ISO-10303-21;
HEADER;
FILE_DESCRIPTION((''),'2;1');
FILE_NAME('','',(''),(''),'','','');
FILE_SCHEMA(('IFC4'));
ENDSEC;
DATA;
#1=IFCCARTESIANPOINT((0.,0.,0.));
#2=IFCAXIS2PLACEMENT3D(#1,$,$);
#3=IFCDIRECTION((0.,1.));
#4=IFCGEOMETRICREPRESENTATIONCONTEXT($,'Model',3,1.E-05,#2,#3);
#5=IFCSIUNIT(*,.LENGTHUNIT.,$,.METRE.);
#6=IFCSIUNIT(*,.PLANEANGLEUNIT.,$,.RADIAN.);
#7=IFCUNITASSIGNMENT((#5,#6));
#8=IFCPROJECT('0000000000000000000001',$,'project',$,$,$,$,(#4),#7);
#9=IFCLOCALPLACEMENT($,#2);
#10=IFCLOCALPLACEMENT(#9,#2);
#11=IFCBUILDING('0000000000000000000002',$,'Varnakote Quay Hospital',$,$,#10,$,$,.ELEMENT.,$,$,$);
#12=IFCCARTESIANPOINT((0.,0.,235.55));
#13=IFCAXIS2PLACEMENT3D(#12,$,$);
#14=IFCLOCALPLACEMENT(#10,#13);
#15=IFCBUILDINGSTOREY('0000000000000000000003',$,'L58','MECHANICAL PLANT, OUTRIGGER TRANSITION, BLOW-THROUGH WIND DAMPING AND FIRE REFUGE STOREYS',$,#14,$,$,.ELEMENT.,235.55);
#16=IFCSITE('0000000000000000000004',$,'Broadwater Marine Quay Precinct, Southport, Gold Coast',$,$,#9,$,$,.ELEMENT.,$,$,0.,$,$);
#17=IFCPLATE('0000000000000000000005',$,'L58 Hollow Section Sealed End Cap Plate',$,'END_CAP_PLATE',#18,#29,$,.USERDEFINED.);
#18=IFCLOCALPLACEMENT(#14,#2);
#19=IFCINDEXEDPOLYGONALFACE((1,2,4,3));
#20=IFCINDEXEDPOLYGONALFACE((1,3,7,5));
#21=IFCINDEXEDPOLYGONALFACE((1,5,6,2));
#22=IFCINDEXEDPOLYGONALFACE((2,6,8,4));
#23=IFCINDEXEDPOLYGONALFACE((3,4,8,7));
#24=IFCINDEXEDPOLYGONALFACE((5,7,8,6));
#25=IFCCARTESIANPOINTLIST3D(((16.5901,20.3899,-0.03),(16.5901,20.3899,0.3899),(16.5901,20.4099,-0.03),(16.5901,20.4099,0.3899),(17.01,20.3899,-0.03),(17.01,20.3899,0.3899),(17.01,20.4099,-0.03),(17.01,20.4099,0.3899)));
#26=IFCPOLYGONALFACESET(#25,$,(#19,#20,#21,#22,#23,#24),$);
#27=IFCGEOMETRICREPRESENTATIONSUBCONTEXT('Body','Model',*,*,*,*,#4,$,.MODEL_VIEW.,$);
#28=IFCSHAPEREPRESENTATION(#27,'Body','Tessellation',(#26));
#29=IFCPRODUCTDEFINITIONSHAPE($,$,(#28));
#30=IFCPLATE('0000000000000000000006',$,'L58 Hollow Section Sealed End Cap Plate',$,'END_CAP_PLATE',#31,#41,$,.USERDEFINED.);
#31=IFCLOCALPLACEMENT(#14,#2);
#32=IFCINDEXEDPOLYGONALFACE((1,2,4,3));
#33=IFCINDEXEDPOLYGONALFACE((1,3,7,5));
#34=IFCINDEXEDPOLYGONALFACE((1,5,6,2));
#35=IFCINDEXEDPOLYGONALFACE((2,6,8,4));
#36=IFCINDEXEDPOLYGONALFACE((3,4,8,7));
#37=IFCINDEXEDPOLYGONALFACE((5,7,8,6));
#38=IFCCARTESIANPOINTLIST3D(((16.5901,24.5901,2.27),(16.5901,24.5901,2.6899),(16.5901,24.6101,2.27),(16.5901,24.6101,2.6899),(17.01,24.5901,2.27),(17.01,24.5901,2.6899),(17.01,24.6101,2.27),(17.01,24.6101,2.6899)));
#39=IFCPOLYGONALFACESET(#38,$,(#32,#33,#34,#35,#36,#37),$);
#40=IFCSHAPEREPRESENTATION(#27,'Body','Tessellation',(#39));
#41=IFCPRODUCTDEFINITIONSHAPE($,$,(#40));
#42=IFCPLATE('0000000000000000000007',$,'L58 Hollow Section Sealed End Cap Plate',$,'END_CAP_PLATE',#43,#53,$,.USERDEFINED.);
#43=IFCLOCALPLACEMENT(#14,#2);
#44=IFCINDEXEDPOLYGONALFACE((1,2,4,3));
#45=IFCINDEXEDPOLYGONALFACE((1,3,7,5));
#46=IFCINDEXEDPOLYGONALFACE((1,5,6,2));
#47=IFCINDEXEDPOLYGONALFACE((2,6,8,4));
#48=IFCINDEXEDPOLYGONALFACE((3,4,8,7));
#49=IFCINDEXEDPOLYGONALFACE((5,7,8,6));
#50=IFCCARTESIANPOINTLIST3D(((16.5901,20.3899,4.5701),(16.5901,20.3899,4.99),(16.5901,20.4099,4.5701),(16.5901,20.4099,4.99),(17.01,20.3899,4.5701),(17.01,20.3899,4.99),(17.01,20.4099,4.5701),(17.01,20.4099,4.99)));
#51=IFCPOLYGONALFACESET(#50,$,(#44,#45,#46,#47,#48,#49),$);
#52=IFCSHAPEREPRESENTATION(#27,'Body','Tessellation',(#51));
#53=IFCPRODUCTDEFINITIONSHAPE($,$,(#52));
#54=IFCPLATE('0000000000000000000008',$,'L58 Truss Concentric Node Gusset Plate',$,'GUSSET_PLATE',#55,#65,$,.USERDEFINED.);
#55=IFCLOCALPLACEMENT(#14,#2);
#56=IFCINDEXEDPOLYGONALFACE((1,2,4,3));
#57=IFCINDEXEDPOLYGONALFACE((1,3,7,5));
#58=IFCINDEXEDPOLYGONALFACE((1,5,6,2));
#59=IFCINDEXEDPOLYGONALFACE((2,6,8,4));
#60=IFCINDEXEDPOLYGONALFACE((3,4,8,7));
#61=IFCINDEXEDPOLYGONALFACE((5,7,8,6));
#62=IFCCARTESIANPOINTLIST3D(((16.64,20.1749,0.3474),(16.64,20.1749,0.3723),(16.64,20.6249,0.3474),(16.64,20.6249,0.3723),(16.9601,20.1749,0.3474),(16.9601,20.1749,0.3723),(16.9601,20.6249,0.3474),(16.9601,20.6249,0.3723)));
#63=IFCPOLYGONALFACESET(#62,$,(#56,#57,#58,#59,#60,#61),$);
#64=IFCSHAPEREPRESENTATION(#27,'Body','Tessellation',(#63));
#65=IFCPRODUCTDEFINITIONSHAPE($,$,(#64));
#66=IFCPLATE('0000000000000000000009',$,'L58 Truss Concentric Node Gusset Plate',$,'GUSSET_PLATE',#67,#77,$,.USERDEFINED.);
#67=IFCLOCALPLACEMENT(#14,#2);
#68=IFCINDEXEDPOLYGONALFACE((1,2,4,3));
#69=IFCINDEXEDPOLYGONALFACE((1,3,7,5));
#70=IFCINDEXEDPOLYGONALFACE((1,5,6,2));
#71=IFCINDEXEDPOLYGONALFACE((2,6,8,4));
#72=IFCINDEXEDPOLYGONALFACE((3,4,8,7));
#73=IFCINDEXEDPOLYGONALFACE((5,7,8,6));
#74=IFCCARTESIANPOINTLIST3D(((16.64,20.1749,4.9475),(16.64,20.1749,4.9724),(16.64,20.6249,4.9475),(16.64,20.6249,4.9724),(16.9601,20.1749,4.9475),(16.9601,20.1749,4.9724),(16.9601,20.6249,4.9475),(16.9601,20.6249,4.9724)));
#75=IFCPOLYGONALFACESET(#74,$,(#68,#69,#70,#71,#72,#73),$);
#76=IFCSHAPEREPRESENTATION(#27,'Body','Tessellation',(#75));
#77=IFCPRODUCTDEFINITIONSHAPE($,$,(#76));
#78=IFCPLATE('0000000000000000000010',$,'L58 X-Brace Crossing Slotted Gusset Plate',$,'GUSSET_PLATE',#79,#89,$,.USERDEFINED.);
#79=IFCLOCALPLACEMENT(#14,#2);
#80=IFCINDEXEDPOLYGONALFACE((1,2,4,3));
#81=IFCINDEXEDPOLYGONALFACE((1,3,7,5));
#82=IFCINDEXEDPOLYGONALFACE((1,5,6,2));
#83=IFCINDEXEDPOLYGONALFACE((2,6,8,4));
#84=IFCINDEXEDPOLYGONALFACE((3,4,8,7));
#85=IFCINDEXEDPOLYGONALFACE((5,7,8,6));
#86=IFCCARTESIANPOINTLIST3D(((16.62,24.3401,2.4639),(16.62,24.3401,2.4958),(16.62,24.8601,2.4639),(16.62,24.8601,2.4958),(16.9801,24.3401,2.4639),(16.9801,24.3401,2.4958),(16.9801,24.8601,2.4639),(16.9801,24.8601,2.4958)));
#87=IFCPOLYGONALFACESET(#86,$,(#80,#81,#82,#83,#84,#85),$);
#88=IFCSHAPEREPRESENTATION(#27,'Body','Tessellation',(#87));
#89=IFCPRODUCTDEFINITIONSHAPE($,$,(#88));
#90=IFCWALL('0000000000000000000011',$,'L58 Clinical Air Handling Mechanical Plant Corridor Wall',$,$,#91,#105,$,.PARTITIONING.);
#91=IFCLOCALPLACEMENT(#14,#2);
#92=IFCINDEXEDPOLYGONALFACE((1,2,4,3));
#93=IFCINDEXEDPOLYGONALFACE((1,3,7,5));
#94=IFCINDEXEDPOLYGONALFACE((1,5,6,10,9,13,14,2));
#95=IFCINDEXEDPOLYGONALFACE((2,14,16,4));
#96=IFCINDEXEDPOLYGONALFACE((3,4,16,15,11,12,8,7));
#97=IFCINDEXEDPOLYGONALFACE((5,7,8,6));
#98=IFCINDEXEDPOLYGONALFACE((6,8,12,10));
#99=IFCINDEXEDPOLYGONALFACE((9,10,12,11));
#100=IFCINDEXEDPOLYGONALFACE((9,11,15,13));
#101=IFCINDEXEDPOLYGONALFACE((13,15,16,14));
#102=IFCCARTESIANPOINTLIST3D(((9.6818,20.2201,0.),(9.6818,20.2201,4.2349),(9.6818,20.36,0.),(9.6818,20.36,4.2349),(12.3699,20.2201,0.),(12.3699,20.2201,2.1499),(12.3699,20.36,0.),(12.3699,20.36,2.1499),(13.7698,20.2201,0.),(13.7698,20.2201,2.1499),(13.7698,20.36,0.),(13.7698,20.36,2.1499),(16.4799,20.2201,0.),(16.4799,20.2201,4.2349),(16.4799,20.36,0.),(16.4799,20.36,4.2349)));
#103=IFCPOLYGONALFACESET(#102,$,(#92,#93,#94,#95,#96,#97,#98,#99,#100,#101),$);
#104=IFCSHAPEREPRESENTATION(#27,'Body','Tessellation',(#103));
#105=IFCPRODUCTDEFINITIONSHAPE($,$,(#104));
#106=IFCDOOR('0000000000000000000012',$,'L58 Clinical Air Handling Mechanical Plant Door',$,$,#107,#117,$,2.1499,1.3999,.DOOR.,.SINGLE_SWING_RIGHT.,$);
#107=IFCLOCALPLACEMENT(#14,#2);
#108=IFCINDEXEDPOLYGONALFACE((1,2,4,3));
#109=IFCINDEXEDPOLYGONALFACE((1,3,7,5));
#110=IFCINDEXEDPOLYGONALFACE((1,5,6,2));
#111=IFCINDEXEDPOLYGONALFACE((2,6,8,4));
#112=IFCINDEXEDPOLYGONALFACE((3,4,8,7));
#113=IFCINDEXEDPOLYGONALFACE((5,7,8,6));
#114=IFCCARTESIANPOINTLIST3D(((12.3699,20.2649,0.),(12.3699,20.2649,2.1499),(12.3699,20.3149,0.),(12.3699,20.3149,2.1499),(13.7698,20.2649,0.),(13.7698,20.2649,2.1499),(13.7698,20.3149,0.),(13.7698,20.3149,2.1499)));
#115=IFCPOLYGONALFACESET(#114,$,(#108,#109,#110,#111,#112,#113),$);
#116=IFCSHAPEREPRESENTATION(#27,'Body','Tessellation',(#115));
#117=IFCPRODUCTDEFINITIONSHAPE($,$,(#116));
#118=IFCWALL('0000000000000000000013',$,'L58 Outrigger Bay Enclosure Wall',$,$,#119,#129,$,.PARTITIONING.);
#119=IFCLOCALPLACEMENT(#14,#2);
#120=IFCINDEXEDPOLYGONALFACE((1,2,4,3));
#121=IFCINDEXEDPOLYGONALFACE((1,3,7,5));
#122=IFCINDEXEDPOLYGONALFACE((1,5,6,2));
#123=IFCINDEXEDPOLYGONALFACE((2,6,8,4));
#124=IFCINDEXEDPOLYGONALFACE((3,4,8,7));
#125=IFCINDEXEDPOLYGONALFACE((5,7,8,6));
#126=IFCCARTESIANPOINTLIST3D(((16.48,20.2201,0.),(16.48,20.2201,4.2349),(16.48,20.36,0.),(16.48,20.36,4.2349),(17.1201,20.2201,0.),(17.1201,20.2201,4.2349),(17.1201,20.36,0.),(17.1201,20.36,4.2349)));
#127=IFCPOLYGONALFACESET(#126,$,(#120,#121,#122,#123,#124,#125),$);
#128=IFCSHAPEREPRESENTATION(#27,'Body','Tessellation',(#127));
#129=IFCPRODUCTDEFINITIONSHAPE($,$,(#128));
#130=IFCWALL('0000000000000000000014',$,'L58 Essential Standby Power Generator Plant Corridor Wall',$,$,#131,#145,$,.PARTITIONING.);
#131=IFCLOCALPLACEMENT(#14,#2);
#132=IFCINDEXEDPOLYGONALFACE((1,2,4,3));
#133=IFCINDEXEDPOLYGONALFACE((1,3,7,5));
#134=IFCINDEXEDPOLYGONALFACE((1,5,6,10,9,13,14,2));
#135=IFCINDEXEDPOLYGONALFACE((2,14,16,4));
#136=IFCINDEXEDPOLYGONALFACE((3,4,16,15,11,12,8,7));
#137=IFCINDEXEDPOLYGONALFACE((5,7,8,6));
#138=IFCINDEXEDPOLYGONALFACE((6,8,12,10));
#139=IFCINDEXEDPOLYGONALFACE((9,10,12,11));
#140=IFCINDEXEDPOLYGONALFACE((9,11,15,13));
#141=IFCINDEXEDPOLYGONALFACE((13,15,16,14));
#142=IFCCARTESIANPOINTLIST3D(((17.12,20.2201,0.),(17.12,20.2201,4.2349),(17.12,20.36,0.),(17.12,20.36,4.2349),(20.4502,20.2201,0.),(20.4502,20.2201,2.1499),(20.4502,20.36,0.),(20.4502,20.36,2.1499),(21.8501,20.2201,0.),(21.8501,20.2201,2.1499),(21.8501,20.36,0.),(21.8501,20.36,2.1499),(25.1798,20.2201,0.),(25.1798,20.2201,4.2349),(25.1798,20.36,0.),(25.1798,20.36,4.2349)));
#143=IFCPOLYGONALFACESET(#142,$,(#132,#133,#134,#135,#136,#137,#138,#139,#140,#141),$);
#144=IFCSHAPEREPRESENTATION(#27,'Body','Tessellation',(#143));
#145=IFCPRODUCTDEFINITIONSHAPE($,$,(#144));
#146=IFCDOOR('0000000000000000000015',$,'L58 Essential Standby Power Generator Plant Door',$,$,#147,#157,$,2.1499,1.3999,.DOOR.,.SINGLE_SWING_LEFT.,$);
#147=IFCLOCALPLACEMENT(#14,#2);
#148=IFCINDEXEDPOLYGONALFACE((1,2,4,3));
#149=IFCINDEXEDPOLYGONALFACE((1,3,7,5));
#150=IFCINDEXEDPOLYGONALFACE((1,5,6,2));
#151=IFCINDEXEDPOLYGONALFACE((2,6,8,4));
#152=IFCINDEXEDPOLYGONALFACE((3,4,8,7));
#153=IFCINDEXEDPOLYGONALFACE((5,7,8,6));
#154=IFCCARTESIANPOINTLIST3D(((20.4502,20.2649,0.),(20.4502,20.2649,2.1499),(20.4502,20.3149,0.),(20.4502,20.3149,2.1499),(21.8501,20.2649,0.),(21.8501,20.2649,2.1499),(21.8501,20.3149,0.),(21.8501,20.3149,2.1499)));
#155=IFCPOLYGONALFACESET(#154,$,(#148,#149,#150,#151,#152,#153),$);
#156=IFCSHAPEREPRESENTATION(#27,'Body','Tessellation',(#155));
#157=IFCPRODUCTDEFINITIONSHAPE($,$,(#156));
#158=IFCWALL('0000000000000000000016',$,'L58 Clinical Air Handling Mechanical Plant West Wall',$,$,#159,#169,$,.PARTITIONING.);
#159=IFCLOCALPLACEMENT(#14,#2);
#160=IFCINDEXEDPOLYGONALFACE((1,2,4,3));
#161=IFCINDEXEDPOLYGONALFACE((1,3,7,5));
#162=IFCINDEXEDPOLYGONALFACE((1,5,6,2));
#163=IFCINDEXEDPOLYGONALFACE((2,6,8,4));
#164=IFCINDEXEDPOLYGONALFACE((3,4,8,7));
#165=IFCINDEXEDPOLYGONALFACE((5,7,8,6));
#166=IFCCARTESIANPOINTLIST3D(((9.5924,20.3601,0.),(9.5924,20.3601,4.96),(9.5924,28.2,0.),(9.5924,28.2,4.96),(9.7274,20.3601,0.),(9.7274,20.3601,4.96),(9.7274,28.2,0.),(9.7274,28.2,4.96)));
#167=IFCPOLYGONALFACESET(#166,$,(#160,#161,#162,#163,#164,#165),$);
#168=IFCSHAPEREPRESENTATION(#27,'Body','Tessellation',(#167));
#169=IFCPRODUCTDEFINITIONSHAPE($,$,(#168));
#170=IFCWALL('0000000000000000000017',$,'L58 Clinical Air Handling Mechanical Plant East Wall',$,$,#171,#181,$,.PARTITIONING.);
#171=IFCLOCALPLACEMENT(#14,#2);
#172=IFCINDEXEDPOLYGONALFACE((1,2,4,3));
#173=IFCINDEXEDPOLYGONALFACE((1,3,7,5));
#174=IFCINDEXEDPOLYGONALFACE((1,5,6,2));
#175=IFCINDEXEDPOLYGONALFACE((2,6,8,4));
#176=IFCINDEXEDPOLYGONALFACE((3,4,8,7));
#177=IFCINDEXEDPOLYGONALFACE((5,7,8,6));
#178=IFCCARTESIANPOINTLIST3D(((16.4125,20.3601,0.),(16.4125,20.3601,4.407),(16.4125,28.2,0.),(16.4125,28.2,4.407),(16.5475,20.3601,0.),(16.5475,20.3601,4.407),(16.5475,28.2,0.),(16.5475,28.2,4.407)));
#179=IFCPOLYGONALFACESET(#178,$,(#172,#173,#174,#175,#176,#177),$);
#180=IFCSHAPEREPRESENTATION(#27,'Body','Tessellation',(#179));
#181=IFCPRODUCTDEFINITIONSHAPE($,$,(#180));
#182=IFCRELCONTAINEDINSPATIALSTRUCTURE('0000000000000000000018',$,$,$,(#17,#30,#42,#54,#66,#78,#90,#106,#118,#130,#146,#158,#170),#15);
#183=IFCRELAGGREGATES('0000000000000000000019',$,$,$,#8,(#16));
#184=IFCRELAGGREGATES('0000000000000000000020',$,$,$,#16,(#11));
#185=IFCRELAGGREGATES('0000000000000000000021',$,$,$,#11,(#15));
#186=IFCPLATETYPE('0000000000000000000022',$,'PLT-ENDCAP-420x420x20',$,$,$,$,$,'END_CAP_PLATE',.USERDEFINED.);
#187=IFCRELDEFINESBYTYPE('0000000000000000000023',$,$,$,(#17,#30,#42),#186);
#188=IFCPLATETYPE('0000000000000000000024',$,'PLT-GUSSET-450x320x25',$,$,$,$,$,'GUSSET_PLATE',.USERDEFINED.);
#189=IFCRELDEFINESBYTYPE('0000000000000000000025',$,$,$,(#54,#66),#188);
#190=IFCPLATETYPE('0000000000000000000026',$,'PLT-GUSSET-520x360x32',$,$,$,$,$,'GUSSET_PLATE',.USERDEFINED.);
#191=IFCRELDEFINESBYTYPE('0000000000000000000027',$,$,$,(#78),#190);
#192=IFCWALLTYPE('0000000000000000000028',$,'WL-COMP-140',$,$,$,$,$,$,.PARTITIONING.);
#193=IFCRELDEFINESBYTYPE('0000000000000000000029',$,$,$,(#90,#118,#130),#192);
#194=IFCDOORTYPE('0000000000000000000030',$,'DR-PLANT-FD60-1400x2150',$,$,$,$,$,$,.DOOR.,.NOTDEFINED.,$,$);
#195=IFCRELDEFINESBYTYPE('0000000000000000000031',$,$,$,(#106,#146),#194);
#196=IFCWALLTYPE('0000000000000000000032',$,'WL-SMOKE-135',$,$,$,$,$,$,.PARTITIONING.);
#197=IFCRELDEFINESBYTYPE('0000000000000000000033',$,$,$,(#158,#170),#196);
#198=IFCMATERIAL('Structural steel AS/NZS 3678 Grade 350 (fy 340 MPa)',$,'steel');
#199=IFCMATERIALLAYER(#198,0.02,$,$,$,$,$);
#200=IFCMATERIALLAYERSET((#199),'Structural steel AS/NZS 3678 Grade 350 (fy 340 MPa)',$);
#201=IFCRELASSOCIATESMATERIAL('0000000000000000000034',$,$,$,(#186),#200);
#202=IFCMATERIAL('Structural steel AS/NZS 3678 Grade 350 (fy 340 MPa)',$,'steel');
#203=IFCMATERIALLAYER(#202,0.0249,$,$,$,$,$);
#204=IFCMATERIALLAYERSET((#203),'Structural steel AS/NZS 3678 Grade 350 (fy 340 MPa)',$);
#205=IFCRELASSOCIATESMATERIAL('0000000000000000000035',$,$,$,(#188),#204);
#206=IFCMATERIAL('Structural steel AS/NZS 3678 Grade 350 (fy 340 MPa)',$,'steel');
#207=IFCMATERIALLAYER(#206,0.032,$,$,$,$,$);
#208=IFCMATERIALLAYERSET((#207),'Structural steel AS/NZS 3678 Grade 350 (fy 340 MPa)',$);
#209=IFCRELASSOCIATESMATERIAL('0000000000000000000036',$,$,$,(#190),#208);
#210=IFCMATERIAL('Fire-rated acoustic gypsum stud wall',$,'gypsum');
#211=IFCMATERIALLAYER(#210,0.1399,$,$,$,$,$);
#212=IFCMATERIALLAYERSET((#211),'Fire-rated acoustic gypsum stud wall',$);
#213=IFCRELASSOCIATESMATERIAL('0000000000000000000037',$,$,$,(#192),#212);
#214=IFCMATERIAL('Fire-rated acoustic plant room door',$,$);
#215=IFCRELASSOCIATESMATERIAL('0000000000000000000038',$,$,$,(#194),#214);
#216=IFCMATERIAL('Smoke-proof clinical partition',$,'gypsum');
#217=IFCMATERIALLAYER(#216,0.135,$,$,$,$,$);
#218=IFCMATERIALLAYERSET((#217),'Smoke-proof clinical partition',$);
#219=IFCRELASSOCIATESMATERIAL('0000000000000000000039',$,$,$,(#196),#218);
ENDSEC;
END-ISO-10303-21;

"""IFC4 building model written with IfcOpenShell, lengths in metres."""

from ifc_helpers import new_model, si_unit, direction, frame, frame_2d, origin, origin_2d, place, context, subcontext, project, spatial, rectangle, extrude, material, layer, layer_set, type_object, element, fill, save


model = new_model("IFC4")

# Units and contexts
model_context = context("Model", 3, precision=1e-05, world=origin(), true_north=direction((0.0, 1.0)))
body_context = subcontext(model_context, "Body", "Model", "MODEL_VIEW")
ifc_project = project(units=[si_unit("LENGTHUNIT", "METRE"), si_unit("PLANEANGLEUNIT", "RADIAN")], contexts=[model_context])

# Site, building, storey
site_placement = place(None, origin())
site = spatial("IfcSite", under=ifc_project, at=site_placement, Name="Broadwater Marine Quay Precinct, Southport, Gold Coast", CompositionType="ELEMENT", RefElevation=0.0)
building_placement = place(site_placement, origin())
building = spatial("IfcBuilding", under=site, at=building_placement, Name="Varnakote Quay Hospital", CompositionType="ELEMENT")
storey_placement = place(building_placement, frame((0.0, 0.0, 235.55)))
storey = spatial("IfcBuildingStorey", under=building, at=storey_placement, Name="L58", Description="MECHANICAL PLANT, OUTRIGGER TRANSITION, BLOW-THROUGH WIND DAMPING AND FIRE REFUGE STOREYS", CompositionType="ELEMENT", Elevation=235.55)

# Plates
ifc_material_1 = material(Name="Structural steel AS/NZS 3678 Grade 350 (fy 340 MPa)", Category="steel")
ifc_layer_1 = layer(ifc_material_1, 0.02)
ifc_layer_set_1 = layer_set([ifc_layer_1], Name="Structural steel AS/NZS 3678 Grade 350 (fy 340 MPa)")
plate_type_1 = type_object("IfcPlateType", Name="PLT-ENDCAP-420x420x20", ElementType="END_CAP_PLATE", PredefinedType="USERDEFINED", material=ifc_layer_set_1)
for number, where, z_axis, x_axis, name in (
    (1, (16.8, 20.3999, -0.03), (0.0, 0.0, 1.0), (0.0, 1.0, 0.0), "L58 Hollow Section Sealed End Cap Plate"),
    (2, (16.8, 24.6001, 2.27), (0.0, 0.0, 1.0), (0.0, 1.0, 0.0), "L58 Hollow Section Sealed End Cap Plate"),
    (3, (16.8, 20.3999, 4.5701), (0.0, 0.0, 1.0), (0.0, 1.0, 0.0), "L58 Hollow Section Sealed End Cap Plate"),
):
    element("IfcPlate", number, at=place(storey_placement, frame(where, z_axis=z_axis, x_axis=x_axis)), inside=storey, type_object=plate_type_1, Name=name, ObjectType="END_CAP_PLATE", PredefinedType="USERDEFINED", context=body_context, shape_type="SweptSolid", body=[
        extrude(rectangle(XDim=0.02, YDim=0.4199, at=origin_2d()), origin(), (0.0, 0.0, 1.0), 0.4199),
    ])
ifc_material_2 = material(Name="Structural steel AS/NZS 3678 Grade 350 (fy 340 MPa)", Category="steel")
ifc_layer_2 = layer(ifc_material_2, 0.0249)
ifc_layer_set_2 = layer_set([ifc_layer_2], Name="Structural steel AS/NZS 3678 Grade 350 (fy 340 MPa)")
plate_type_2 = type_object("IfcPlateType", Name="PLT-GUSSET-450x320x25", ElementType="GUSSET_PLATE", PredefinedType="USERDEFINED", material=ifc_layer_set_2)
for number, where, z_axis, x_axis, name in (
    (4, (16.8, 20.3999, 0.3474), (0.0, 0.0, 1.0), (0.0, 1.0, 0.0), "L58 Truss Concentric Node Gusset Plate"),
    (5, (16.8, 20.3999, 4.9475), (0.0, 0.0, 1.0), (0.0, 1.0, 0.0), "L58 Truss Concentric Node Gusset Plate"),
):
    element("IfcPlate", number, at=place(storey_placement, frame(where, z_axis=z_axis, x_axis=x_axis)), inside=storey, type_object=plate_type_2, Name=name, ObjectType="GUSSET_PLATE", PredefinedType="USERDEFINED", context=body_context, shape_type="SweptSolid", body=[
        extrude(rectangle(XDim=0.45, YDim=0.3201, at=origin_2d()), origin(), (0.0, 0.0, 1.0), 0.0249),
    ])
ifc_material_3 = material(Name="Structural steel AS/NZS 3678 Grade 350 (fy 340 MPa)", Category="steel")
ifc_layer_3 = layer(ifc_material_3, 0.032)
ifc_layer_set_3 = layer_set([ifc_layer_3], Name="Structural steel AS/NZS 3678 Grade 350 (fy 340 MPa)")
plate_type_3 = type_object("IfcPlateType", Name="PLT-GUSSET-520x360x32", ElementType="GUSSET_PLATE", PredefinedType="USERDEFINED", material=ifc_layer_set_3)
plate_placement = place(storey_placement, frame((16.8, 24.6001, 2.4639), z_axis=(0.0, 0.0, 1.0), x_axis=(0.0, 1.0, 0.0)))
element("IfcPlate", 6, at=plate_placement, inside=storey, type_object=plate_type_3, Name="L58 X-Brace Crossing Slotted Gusset Plate", ObjectType="GUSSET_PLATE", PredefinedType="USERDEFINED", context=body_context, shape_type="SweptSolid", body=[
    extrude(rectangle(XDim=0.52, YDim=0.3601, at=origin_2d()), origin(), (0.0, 0.0, 1.0), 0.032),
])

# Wall, opening, door
ifc_material_4 = material(Name="Fire-rated acoustic gypsum stud wall", Category="gypsum")
ifc_layer_4 = layer(ifc_material_4, 0.1399)
ifc_layer_set_4 = layer_set([ifc_layer_4], Name="Fire-rated acoustic gypsum stud wall")
wall_type_1 = type_object("IfcWallType", Name="WL-COMP-140", PredefinedType="PARTITIONING", material=ifc_layer_set_4)
wall_1_placement = place(storey_placement, frame((9.6819, 20.29, 0.0), z_axis=(0.0, 0.0, 1.0), x_axis=(1.0, 0.0, 0.0)))
wall_1 = element("IfcWall", 7, at=wall_1_placement, inside=storey, type_object=wall_type_1, Name="L58 Clinical Air Handling Mechanical Plant Corridor Wall", PredefinedType="PARTITIONING", context=body_context, shape_type="SweptSolid", body=[
    extrude(rectangle(XDim=6.7981, YDim=0.1399, at=frame_2d((3.3989, 0.0))), origin(), (0.0, 0.0, 1.0), 4.2349),
])
opening_1_placement = place(wall_1_placement, frame((2.688, 0.0, 0.0)))
opening_1 = element("IfcOpeningElement", 8, at=opening_1_placement, cuts=wall_1, PredefinedType="OPENING", context=body_context, shape_type="SweptSolid", body=[
    extrude(rectangle(XDim=1.3999, YDim=2.1499, at=frame_2d((0.7, 1.075))), frame((0.0, 0.0798, 0.0), z_axis=(0.0, -1.0, 0.0), x_axis=(1.0, 0.0, 0.0)), (0.0, 0.0, 1.0), 0.1599),
])
ifc_material_5 = material(Name="Fire-rated acoustic plant room door")
door_type = type_object("IfcDoorType", Name="DR-PLANT-FD60-1400x2150", OperationType="NOTDEFINED", PredefinedType="DOOR", material=ifc_material_5)
door_1_placement = place(opening_1_placement, origin())
door_1 = element("IfcDoor", 9, at=door_1_placement, inside=storey, type_object=door_type, Name="L58 Clinical Air Handling Mechanical Plant Door", OperationType="SINGLE_SWING_RIGHT", OverallHeight=2.1499, OverallWidth=1.3999, PredefinedType="DOOR", context=body_context, shape_type="SweptSolid", body=[
    extrude(rectangle(XDim=1.3999, YDim=2.1499, at=frame_2d((0.7, 1.075))), frame((0.0, 0.0249, 0.0), z_axis=(0.0, -1.0, 0.0), x_axis=(1.0, 0.0, 0.0)), (0.0, 0.0, 1.0), 0.05),
])
fill(opening_1, door_1)

# Wall
wall_2_placement = place(storey_placement, frame((16.48, 20.29, 0.0), z_axis=(0.0, 0.0, 1.0), x_axis=(1.0, 0.0, 0.0)))
element("IfcWall", 10, at=wall_2_placement, inside=storey, type_object=wall_type_1, Name="L58 Outrigger Bay Enclosure Wall", PredefinedType="PARTITIONING", context=body_context, shape_type="SweptSolid", body=[
    extrude(rectangle(XDim=0.6401, YDim=0.1399, at=frame_2d((0.3201, 0.0))), origin(), (0.0, 0.0, 1.0), 4.2349),
])

# Wall, opening, door
wall_3_placement = place(storey_placement, frame((17.1201, 20.29, 0.0), z_axis=(0.0, 0.0, 1.0), x_axis=(1.0, 0.0, 0.0)))
wall_3 = element("IfcWall", 11, at=wall_3_placement, inside=storey, type_object=wall_type_1, Name="L58 Essential Standby Power Generator Plant Corridor Wall", PredefinedType="PARTITIONING", context=body_context, shape_type="SweptSolid", body=[
    extrude(rectangle(XDim=8.0598, YDim=0.1399, at=frame_2d((4.0298, 0.0))), origin(), (0.0, 0.0, 1.0), 4.2349),
])
opening_2_placement = place(wall_3_placement, frame((3.3301, 0.0, 0.0)))
opening_2 = element("IfcOpeningElement", 12, at=opening_2_placement, cuts=wall_3, PredefinedType="OPENING", context=body_context, shape_type="SweptSolid", body=[
    extrude(rectangle(XDim=1.3999, YDim=2.1499, at=frame_2d((0.7, 1.075))), frame((0.0, 0.0798, 0.0), z_axis=(0.0, -1.0, 0.0), x_axis=(1.0, 0.0, 0.0)), (0.0, 0.0, 1.0), 0.1599),
])
door_2_placement = place(opening_2_placement, origin())
door_2 = element("IfcDoor", 13, at=door_2_placement, inside=storey, type_object=door_type, Name="L58 Essential Standby Power Generator Plant Door", OperationType="SINGLE_SWING_LEFT", OverallHeight=2.1499, OverallWidth=1.3999, PredefinedType="DOOR", context=body_context, shape_type="SweptSolid", body=[
    extrude(rectangle(XDim=1.3999, YDim=2.1499, at=frame_2d((0.7, 1.075))), frame((0.0, 0.0249, 0.0), z_axis=(0.0, -1.0, 0.0), x_axis=(1.0, 0.0, 0.0)), (0.0, 0.0, 1.0), 0.05),
])
fill(opening_2, door_2)

# Walls
ifc_material_6 = material(Name="Smoke-proof clinical partition", Category="gypsum")
ifc_layer_5 = layer(ifc_material_6, 0.135)
ifc_layer_set_5 = layer_set([ifc_layer_5], Name="Smoke-proof clinical partition")
wall_type_2 = type_object("IfcWallType", Name="WL-SMOKE-135", PredefinedType="PARTITIONING", material=ifc_layer_set_5)
wall_4_placement = place(storey_placement, frame((9.6599, 20.3601, 0.0), z_axis=(0.0, 0.0, 1.0), x_axis=(0.0, 1.0, 0.0)))
element("IfcWall", 14, at=wall_4_placement, inside=storey, type_object=wall_type_2, Name="L58 Clinical Air Handling Mechanical Plant West Wall", PredefinedType="PARTITIONING", context=body_context, shape_type="SweptSolid", body=[
    extrude(rectangle(XDim=7.8398, YDim=0.135, at=frame_2d((3.9199, 0.0))), origin(), (0.0, 0.0, 1.0), 4.96),
])
for number, where, z_axis, x_axis, name in (
    (15, (16.48, 20.3601, 0.0), (0.0, 0.0, 1.0), (0.0, 1.0, 0.0), "L58 Clinical Air Handling Mechanical Plant East Wall"),
):
    element("IfcWall", number, at=place(storey_placement, frame(where, z_axis=z_axis, x_axis=x_axis)), inside=storey, type_object=wall_type_2, Name=name, PredefinedType="PARTITIONING", context=body_context, shape_type="SweptSolid", body=[
        extrude(rectangle(XDim=7.8398, YDim=0.135, at=frame_2d((3.9199, 0.0))), origin(), (0.0, 0.0, 1.0), 4.407),
    ])

save(model, "model.ifc")
